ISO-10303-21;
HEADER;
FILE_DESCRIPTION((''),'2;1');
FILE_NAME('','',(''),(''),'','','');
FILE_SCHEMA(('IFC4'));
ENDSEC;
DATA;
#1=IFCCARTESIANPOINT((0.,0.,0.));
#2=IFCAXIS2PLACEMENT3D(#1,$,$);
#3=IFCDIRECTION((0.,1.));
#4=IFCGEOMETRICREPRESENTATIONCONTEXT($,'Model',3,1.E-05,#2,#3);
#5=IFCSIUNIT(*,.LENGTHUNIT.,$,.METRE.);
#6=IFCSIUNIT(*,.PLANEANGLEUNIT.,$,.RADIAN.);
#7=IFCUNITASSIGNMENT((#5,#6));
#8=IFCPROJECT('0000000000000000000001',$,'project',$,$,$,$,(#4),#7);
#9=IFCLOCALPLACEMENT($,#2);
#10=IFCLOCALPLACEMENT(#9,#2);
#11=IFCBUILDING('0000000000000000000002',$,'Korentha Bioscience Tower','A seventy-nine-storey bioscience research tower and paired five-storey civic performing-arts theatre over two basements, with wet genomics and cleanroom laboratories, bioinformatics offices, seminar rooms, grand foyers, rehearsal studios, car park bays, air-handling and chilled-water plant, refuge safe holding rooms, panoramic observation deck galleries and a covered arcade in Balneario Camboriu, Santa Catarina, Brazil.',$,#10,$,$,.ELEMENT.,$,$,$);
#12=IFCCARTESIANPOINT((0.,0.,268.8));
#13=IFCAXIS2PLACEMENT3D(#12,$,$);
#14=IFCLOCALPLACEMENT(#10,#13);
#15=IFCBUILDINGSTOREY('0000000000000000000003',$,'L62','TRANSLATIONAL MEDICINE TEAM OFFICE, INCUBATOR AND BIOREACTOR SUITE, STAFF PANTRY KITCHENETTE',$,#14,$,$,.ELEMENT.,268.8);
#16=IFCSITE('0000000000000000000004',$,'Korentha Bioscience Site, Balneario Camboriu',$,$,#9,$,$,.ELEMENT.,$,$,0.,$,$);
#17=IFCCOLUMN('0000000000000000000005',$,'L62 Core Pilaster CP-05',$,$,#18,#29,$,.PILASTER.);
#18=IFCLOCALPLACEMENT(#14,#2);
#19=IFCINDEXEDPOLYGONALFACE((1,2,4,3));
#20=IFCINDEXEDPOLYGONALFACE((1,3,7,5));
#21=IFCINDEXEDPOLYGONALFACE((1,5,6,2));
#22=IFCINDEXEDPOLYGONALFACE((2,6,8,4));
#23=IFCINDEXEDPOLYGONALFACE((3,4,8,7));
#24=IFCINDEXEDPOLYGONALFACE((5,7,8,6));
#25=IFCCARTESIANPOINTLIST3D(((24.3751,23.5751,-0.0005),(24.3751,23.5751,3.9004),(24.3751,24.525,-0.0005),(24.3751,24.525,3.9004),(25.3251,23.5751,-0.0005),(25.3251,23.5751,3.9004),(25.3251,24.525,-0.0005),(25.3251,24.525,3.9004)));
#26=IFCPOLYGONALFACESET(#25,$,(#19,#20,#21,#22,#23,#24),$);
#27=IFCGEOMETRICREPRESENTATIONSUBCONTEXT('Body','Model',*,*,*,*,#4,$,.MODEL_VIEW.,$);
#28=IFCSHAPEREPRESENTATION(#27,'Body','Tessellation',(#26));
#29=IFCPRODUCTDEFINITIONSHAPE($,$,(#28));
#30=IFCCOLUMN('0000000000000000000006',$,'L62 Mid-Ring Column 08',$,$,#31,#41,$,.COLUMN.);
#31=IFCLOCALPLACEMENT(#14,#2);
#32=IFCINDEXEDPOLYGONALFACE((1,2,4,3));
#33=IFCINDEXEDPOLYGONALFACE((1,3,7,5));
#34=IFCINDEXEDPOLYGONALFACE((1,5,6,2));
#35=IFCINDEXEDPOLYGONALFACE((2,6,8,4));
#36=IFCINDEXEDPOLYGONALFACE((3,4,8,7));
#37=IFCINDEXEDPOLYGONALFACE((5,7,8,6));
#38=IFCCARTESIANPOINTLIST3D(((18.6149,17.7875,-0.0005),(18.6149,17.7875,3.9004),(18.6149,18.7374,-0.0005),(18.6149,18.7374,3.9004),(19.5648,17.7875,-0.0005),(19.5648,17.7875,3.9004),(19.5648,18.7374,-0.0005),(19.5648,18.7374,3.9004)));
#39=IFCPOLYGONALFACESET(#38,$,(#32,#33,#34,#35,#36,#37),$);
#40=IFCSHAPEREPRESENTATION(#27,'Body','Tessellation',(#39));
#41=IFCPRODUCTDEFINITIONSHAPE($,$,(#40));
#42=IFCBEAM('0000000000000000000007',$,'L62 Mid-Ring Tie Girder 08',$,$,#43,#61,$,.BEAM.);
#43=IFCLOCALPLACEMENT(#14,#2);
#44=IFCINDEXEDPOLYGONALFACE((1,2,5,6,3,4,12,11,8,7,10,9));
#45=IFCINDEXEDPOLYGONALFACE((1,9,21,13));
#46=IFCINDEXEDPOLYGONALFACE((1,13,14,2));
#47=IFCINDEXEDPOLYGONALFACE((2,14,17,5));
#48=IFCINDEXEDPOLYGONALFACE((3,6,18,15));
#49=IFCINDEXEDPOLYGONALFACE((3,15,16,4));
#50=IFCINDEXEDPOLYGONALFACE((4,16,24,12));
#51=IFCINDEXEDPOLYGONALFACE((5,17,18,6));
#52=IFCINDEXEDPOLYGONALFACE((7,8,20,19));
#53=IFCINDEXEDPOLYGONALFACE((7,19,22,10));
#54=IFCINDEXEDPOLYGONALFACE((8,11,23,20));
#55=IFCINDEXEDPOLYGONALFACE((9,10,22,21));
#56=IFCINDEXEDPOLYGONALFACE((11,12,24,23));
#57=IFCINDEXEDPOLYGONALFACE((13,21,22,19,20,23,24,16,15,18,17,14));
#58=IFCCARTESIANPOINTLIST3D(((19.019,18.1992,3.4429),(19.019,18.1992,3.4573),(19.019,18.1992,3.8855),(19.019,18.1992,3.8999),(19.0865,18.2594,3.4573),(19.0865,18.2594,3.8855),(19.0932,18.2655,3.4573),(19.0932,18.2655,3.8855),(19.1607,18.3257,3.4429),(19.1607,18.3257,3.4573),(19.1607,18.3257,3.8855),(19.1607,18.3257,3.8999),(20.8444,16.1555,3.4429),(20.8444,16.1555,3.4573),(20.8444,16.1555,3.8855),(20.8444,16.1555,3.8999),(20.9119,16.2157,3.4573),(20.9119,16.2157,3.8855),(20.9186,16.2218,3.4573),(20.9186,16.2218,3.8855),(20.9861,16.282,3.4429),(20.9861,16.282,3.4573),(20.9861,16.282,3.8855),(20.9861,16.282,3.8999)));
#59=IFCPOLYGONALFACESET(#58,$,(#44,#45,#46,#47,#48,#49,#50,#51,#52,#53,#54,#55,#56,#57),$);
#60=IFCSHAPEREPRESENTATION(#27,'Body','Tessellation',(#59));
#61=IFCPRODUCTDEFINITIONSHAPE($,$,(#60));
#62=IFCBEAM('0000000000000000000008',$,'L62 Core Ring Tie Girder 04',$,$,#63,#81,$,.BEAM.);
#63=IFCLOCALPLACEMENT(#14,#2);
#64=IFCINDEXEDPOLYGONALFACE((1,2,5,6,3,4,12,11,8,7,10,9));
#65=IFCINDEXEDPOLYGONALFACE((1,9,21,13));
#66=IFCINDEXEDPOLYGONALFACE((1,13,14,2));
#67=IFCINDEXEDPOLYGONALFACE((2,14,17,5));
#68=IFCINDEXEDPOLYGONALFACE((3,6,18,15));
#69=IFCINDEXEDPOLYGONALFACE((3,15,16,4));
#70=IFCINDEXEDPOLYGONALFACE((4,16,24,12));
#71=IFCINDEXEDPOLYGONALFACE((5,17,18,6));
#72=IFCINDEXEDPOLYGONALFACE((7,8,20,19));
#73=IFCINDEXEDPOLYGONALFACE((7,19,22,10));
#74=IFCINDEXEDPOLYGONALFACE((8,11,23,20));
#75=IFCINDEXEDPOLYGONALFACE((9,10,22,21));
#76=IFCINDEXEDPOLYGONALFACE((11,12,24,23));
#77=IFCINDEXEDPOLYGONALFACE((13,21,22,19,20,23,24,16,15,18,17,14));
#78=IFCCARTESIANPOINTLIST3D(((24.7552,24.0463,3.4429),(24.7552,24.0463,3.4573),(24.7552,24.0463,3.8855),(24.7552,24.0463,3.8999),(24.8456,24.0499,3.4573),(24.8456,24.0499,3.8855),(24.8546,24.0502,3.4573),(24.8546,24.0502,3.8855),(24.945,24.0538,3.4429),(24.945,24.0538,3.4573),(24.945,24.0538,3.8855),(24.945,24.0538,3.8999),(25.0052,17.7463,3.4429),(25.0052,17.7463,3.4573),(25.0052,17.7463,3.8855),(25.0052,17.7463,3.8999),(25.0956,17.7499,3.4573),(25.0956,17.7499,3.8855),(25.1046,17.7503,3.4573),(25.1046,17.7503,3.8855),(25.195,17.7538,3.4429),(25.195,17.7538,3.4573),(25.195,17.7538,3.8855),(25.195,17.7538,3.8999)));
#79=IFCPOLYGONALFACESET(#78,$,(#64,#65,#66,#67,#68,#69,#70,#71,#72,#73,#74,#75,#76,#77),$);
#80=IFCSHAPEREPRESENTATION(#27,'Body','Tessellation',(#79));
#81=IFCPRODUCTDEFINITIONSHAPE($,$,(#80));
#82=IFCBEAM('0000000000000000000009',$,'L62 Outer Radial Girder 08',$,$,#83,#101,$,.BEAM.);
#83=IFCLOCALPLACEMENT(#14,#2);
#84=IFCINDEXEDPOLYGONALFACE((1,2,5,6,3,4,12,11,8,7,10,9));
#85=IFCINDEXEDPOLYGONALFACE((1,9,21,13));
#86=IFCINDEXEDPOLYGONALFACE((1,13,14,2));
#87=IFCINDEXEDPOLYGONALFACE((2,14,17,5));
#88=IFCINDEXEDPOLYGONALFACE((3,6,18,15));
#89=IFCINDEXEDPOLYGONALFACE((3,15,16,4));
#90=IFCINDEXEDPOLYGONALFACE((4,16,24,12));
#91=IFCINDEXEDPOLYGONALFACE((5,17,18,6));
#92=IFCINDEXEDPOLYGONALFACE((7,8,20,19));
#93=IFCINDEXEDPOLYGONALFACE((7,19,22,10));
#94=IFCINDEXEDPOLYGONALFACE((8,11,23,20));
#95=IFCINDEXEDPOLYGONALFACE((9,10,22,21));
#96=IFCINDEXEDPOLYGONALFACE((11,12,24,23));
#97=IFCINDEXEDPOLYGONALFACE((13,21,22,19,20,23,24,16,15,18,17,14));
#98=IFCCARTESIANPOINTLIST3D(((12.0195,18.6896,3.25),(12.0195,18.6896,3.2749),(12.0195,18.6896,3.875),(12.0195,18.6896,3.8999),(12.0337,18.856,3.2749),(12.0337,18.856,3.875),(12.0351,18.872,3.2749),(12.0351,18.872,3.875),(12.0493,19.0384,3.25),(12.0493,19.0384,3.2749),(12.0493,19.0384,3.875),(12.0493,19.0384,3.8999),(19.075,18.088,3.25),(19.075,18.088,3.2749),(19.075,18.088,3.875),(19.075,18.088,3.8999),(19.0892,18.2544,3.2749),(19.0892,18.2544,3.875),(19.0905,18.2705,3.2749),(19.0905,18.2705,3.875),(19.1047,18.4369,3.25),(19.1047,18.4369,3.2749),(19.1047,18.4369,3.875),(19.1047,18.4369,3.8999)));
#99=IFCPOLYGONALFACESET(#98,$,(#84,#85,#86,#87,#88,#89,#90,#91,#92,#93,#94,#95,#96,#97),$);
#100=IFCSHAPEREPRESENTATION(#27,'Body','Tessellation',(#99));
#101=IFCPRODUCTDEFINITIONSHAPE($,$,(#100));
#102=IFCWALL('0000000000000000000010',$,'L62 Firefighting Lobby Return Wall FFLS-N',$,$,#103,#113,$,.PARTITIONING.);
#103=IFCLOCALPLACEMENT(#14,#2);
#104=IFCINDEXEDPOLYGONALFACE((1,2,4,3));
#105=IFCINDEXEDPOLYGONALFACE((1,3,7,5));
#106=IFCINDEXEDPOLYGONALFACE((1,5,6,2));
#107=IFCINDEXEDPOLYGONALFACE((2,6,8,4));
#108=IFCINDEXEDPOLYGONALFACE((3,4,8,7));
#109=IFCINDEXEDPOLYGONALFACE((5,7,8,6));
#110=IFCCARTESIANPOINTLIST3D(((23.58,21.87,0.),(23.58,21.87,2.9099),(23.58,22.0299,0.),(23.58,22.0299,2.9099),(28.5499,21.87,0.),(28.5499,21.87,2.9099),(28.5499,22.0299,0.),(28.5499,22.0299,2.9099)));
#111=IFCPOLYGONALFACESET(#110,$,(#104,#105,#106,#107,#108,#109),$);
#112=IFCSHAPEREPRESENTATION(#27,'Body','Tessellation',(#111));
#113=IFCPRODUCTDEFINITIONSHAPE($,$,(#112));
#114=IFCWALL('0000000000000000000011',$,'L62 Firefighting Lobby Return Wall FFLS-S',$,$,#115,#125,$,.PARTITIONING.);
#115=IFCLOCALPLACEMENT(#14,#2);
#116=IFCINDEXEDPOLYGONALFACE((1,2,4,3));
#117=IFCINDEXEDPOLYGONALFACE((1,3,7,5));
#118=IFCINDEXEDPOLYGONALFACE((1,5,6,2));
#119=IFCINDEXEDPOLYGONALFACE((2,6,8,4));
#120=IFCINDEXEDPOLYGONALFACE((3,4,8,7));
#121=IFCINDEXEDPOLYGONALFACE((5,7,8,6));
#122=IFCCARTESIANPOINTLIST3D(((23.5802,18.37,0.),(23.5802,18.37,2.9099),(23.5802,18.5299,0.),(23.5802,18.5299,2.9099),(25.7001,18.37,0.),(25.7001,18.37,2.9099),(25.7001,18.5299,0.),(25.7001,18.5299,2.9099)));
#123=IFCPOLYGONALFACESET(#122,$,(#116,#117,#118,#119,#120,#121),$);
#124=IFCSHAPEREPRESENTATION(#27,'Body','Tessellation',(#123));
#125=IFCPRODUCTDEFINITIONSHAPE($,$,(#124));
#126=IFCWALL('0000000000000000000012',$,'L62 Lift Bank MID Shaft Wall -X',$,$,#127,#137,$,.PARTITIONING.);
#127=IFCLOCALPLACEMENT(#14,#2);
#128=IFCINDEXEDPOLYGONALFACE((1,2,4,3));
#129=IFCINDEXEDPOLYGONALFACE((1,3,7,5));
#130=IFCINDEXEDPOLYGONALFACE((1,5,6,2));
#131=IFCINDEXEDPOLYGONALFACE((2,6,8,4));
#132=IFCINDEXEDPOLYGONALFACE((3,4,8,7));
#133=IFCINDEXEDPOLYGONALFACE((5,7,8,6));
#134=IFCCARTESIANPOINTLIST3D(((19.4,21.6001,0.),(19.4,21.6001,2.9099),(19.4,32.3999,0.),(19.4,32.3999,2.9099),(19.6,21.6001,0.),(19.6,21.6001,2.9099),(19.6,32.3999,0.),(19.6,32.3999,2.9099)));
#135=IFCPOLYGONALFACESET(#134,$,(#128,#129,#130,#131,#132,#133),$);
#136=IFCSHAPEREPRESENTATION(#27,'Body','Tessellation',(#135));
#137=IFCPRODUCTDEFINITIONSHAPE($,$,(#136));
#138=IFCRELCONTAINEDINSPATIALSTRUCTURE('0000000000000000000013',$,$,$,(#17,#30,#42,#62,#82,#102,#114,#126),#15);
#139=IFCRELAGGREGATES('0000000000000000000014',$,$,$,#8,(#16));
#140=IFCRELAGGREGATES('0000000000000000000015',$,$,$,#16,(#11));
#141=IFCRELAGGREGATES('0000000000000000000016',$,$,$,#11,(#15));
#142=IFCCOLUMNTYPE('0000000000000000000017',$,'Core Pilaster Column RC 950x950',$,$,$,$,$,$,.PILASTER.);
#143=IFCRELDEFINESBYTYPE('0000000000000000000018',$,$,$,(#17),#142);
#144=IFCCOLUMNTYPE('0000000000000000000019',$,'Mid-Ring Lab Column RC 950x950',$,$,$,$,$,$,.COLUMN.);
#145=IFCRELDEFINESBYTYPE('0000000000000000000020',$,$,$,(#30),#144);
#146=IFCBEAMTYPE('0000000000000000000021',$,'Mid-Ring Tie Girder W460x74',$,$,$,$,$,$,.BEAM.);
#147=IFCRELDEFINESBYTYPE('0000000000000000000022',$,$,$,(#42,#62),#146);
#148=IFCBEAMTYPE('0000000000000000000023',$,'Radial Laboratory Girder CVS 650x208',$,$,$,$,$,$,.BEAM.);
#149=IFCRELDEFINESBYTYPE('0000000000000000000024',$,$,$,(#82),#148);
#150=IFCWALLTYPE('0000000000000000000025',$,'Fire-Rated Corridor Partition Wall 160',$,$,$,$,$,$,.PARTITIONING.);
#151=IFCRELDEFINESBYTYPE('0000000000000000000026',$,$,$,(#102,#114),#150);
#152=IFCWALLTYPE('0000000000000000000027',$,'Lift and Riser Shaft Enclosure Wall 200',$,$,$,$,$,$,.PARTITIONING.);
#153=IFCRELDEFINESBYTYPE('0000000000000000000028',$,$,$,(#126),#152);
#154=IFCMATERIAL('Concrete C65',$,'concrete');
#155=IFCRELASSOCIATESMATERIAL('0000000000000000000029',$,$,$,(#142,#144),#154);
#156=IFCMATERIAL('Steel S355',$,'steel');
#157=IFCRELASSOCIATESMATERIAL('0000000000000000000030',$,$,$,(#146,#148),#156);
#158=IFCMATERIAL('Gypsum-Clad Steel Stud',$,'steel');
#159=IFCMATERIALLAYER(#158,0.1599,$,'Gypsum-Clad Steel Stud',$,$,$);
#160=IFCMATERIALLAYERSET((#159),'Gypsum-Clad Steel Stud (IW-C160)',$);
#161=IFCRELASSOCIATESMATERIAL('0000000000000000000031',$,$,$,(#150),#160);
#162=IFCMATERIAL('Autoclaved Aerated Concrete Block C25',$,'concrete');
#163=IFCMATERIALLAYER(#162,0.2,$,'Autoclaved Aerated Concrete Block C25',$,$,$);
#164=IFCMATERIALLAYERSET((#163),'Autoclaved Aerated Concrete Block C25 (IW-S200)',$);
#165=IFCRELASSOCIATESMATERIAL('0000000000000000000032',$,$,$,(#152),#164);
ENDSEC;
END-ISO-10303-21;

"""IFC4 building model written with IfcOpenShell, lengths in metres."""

from ifc_helpers import new_model, si_unit, direction, frame, frame_2d, origin, origin_2d, place, context, subcontext, project, spatial, rectangle, i_section, extrude, material, layer, layer_set, material_profile, profile_set, type_object, element, save


model = new_model("IFC4")

# Units and contexts
model_context = context("Model", 3, precision=1e-05, world=origin(), true_north=direction((0.0, 1.0)))
body_context = subcontext(model_context, "Body", "Model", "MODEL_VIEW")
ifc_project = project(units=[si_unit("LENGTHUNIT", "METRE"), si_unit("PLANEANGLEUNIT", "RADIAN")], contexts=[model_context])

# Site, building, storey
site_placement = place(None, origin())
site = spatial("IfcSite", under=ifc_project, at=site_placement, Name="Korentha Bioscience Site, Balneario Camboriu", CompositionType="ELEMENT", RefElevation=0.0)
building_placement = place(site_placement, origin())
building = spatial("IfcBuilding", under=site, at=building_placement, Name="Korentha Bioscience Tower", Description="A seventy-nine-storey bioscience research tower and paired five-storey civic performing-arts theatre over two basements, with wet genomics and cleanroom laboratories, bioinformatics offices, seminar rooms, grand foyers, rehearsal studios, car park bays, air-handling and chilled-water plant, refuge safe holding rooms, panoramic observation deck galleries and a covered arcade in Balneario Camboriu, Santa Catarina, Brazil.", CompositionType="ELEMENT")
storey_placement = place(building_placement, frame((0.0, 0.0, 268.8)))
storey = spatial("IfcBuildingStorey", under=building, at=storey_placement, Name="L62", Description="TRANSLATIONAL MEDICINE TEAM OFFICE, INCUBATOR AND BIOREACTOR SUITE, STAFF PANTRY KITCHENETTE", CompositionType="ELEMENT", Elevation=268.8)

# Columns
ifc_material_1 = material(Name="Concrete C65", Category="concrete")
ifc_material_profile_1 = material_profile(ifc_material_1, rectangle(XDim=0.95, YDim=0.95, at=origin_2d()), Name="Concrete C65")
ifc_profile_set_1 = profile_set([ifc_material_profile_1], Name="Concrete C65 (COL-CP09)")
column_type_1 = type_object("IfcColumnType", Name="Core Pilaster Column RC 950x950", PredefinedType="PILASTER", material=ifc_profile_set_1)
column_1_placement = place(storey_placement, frame((24.8501, 24.05, -0.0005), z_axis=(0.0, 0.0, 1.0), x_axis=(1.0, 0.0, 0.0)))
element("IfcColumn", 1, at=column_1_placement, inside=storey, type_object=column_type_1, Name="L62 Core Pilaster CP-05", PredefinedType="PILASTER", context=body_context, shape_type="SweptSolid", body=[
    extrude(rectangle(XDim=0.95, YDim=0.95, at=origin_2d()), origin(), (0.0, 0.0, 1.0), 3.9009),
])
ifc_material_profile_2 = material_profile(ifc_material_1, rectangle(XDim=0.95, YDim=0.95, at=origin_2d()), Name="Concrete C65")
ifc_profile_set_2 = profile_set([ifc_material_profile_2], Name="Concrete C65 (COL-MR09)")
column_type_2 = type_object("IfcColumnType", Name="Mid-Ring Lab Column RC 950x950", PredefinedType="COLUMN", material=ifc_profile_set_2)
column_2_placement = place(storey_placement, frame((19.0898, 18.2625, -0.0005), z_axis=(0.0, 0.0, 1.0), x_axis=(1.0, 0.0, 0.0)))
element("IfcColumn", 2, at=column_2_placement, inside=storey, type_object=column_type_2, Name="L62 Mid-Ring Column 08", PredefinedType="COLUMN", context=body_context, shape_type="SweptSolid", body=[
    extrude(rectangle(XDim=0.95, YDim=0.95, at=origin_2d()), origin(), (0.0, 0.0, 1.0), 3.9009),
])

# Beams
ifc_material_2 = material(Name="Steel S355", Category="steel")
ifc_material_profile_3 = material_profile(ifc_material_2, i_section(OverallWidth=0.1899, OverallDepth=0.457, WebThickness=0.009, FlangeThickness=0.0144, at=origin_2d()), Name="Steel S355")
ifc_profile_set_3 = profile_set([ifc_material_profile_3], Name="Steel S355 (MB-460)")
beam_type_1 = type_object("IfcBeamType", Name="Mid-Ring Tie Girder W460x74", PredefinedType="BEAM", material=ifc_profile_set_3)
beam_1_placement = place(storey_placement, frame((19.0898, 18.2625, 3.6714), z_axis=(0.666159, -0.74581, 0.0), x_axis=(0.74581, 0.666159, 0.0)))
element("IfcBeam", 3, at=beam_1_placement, inside=storey, type_object=beam_type_1, Name="L62 Mid-Ring Tie Girder 08", PredefinedType="BEAM", context=body_context, shape_type="SweptSolid", body=[
    extrude(i_section(OverallWidth=0.1899, OverallDepth=0.457, WebThickness=0.009, FlangeThickness=0.0144, at=origin_2d()), origin(), (0.0, 0.0, 1.0), 2.7402),
])
beam_2_placement = place(storey_placement, frame((24.8501, 24.05, 3.6714), z_axis=(0.039651, -0.999214, 0.0), x_axis=(0.999214, 0.039651, 0.0)))
element("IfcBeam", 4, at=beam_2_placement, inside=storey, type_object=beam_type_1, Name="L62 Core Ring Tie Girder 04", PredefinedType="BEAM", context=body_context, shape_type="SweptSolid", body=[
    extrude(i_section(OverallWidth=0.1899, OverallDepth=0.457, WebThickness=0.009, FlangeThickness=0.0144, at=origin_2d()), origin(), (0.0, 0.0, 1.0), 6.3049),
])
ifc_material_profile_4 = material_profile(ifc_material_2, i_section(OverallWidth=0.3501, OverallDepth=0.6499, WebThickness=0.0161, FlangeThickness=0.0249, at=origin_2d()), Name="Steel S355")
ifc_profile_set_4 = profile_set([ifc_material_profile_4], Name="Steel S355 (RB-650)")
beam_type_2 = type_object("IfcBeamType", Name="Radial Laboratory Girder CVS 650x208", PredefinedType="BEAM", material=ifc_profile_set_4)
beam_3_placement = place(storey_placement, frame((19.0898, 18.2625, 3.575), z_axis=(-0.996385, 0.084954, 0.0), x_axis=(-0.084954, -0.996385, 0.0)))
element("IfcBeam", 5, at=beam_3_placement, inside=storey, type_object=beam_type_2, Name="L62 Outer Radial Girder 08", PredefinedType="BEAM", context=body_context, shape_type="SweptSolid", body=[
    extrude(i_section(OverallWidth=0.3501, OverallDepth=0.6499, WebThickness=0.0161, FlangeThickness=0.0249, at=origin_2d()), origin(), (0.0, 0.0, 1.0), 7.0811),
])

# Shared definitions
ifc_material_3 = material(Name="Gypsum-Clad Steel Stud", Category="steel")
ifc_layer_1 = layer(ifc_material_3, 0.1599, Name="Gypsum-Clad Steel Stud")
ifc_layer_set_1 = layer_set([ifc_layer_1], Name="Gypsum-Clad Steel Stud (IW-C160)")
wall_type_1 = type_object("IfcWallType", Name="Fire-Rated Corridor Partition Wall 160", PredefinedType="PARTITIONING", material=ifc_layer_set_1)

# Walls
wall_1_placement = place(storey_placement, frame((23.5801, 21.95, 0.0), z_axis=(0.0, 0.0, 1.0), x_axis=(1.0, 0.0, 0.0)))
element("IfcWall", 6, at=wall_1_placement, inside=storey, type_object=wall_type_1, Name="L62 Firefighting Lobby Return Wall FFLS-N", PredefinedType="PARTITIONING", context=body_context, shape_type="SweptSolid", body=[
    extrude(rectangle(XDim=4.97, YDim=0.1599, at=frame_2d((2.4849, 0.0))), origin(), (0.0, 0.0, 1.0), 2.9099),
])
wall_2_placement = place(storey_placement, frame((23.5801, 18.45, 0.0), z_axis=(0.0, 0.0, 1.0), x_axis=(1.0, 0.0, 0.0)))
element("IfcWall", 7, at=wall_2_placement, inside=storey, type_object=wall_type_1, Name="L62 Firefighting Lobby Return Wall FFLS-S", PredefinedType="PARTITIONING", context=body_context, shape_type="SweptSolid", body=[
    extrude(rectangle(XDim=2.1199, YDim=0.1599, at=frame_2d((1.0601, 0.0))), origin(), (0.0, 0.0, 1.0), 2.9099),
])
ifc_material_4 = material(Name="Autoclaved Aerated Concrete Block C25", Category="concrete")
ifc_layer_2 = layer(ifc_material_4, 0.2, Name="Autoclaved Aerated Concrete Block C25")
ifc_layer_set_2 = layer_set([ifc_layer_2], Name="Autoclaved Aerated Concrete Block C25 (IW-S200)")
wall_type_2 = type_object("IfcWallType", Name="Lift and Riser Shaft Enclosure Wall 200", PredefinedType="PARTITIONING", material=ifc_layer_set_2)
wall_3_placement = place(storey_placement, frame((19.5, 21.6001, 0.0), z_axis=(0.0, 0.0, 1.0), x_axis=(0.0, 1.0, 0.0)))
element("IfcWall", 8, at=wall_3_placement, inside=storey, type_object=wall_type_2, Name="L62 Lift Bank MID Shaft Wall -X", PredefinedType="PARTITIONING", context=body_context, shape_type="SweptSolid", body=[
    extrude(rectangle(XDim=10.7998, YDim=0.2, at=frame_2d((5.3999, 0.0))), origin(), (0.0, 0.0, 1.0), 2.9099),
])

save(model, "model.ifc")
